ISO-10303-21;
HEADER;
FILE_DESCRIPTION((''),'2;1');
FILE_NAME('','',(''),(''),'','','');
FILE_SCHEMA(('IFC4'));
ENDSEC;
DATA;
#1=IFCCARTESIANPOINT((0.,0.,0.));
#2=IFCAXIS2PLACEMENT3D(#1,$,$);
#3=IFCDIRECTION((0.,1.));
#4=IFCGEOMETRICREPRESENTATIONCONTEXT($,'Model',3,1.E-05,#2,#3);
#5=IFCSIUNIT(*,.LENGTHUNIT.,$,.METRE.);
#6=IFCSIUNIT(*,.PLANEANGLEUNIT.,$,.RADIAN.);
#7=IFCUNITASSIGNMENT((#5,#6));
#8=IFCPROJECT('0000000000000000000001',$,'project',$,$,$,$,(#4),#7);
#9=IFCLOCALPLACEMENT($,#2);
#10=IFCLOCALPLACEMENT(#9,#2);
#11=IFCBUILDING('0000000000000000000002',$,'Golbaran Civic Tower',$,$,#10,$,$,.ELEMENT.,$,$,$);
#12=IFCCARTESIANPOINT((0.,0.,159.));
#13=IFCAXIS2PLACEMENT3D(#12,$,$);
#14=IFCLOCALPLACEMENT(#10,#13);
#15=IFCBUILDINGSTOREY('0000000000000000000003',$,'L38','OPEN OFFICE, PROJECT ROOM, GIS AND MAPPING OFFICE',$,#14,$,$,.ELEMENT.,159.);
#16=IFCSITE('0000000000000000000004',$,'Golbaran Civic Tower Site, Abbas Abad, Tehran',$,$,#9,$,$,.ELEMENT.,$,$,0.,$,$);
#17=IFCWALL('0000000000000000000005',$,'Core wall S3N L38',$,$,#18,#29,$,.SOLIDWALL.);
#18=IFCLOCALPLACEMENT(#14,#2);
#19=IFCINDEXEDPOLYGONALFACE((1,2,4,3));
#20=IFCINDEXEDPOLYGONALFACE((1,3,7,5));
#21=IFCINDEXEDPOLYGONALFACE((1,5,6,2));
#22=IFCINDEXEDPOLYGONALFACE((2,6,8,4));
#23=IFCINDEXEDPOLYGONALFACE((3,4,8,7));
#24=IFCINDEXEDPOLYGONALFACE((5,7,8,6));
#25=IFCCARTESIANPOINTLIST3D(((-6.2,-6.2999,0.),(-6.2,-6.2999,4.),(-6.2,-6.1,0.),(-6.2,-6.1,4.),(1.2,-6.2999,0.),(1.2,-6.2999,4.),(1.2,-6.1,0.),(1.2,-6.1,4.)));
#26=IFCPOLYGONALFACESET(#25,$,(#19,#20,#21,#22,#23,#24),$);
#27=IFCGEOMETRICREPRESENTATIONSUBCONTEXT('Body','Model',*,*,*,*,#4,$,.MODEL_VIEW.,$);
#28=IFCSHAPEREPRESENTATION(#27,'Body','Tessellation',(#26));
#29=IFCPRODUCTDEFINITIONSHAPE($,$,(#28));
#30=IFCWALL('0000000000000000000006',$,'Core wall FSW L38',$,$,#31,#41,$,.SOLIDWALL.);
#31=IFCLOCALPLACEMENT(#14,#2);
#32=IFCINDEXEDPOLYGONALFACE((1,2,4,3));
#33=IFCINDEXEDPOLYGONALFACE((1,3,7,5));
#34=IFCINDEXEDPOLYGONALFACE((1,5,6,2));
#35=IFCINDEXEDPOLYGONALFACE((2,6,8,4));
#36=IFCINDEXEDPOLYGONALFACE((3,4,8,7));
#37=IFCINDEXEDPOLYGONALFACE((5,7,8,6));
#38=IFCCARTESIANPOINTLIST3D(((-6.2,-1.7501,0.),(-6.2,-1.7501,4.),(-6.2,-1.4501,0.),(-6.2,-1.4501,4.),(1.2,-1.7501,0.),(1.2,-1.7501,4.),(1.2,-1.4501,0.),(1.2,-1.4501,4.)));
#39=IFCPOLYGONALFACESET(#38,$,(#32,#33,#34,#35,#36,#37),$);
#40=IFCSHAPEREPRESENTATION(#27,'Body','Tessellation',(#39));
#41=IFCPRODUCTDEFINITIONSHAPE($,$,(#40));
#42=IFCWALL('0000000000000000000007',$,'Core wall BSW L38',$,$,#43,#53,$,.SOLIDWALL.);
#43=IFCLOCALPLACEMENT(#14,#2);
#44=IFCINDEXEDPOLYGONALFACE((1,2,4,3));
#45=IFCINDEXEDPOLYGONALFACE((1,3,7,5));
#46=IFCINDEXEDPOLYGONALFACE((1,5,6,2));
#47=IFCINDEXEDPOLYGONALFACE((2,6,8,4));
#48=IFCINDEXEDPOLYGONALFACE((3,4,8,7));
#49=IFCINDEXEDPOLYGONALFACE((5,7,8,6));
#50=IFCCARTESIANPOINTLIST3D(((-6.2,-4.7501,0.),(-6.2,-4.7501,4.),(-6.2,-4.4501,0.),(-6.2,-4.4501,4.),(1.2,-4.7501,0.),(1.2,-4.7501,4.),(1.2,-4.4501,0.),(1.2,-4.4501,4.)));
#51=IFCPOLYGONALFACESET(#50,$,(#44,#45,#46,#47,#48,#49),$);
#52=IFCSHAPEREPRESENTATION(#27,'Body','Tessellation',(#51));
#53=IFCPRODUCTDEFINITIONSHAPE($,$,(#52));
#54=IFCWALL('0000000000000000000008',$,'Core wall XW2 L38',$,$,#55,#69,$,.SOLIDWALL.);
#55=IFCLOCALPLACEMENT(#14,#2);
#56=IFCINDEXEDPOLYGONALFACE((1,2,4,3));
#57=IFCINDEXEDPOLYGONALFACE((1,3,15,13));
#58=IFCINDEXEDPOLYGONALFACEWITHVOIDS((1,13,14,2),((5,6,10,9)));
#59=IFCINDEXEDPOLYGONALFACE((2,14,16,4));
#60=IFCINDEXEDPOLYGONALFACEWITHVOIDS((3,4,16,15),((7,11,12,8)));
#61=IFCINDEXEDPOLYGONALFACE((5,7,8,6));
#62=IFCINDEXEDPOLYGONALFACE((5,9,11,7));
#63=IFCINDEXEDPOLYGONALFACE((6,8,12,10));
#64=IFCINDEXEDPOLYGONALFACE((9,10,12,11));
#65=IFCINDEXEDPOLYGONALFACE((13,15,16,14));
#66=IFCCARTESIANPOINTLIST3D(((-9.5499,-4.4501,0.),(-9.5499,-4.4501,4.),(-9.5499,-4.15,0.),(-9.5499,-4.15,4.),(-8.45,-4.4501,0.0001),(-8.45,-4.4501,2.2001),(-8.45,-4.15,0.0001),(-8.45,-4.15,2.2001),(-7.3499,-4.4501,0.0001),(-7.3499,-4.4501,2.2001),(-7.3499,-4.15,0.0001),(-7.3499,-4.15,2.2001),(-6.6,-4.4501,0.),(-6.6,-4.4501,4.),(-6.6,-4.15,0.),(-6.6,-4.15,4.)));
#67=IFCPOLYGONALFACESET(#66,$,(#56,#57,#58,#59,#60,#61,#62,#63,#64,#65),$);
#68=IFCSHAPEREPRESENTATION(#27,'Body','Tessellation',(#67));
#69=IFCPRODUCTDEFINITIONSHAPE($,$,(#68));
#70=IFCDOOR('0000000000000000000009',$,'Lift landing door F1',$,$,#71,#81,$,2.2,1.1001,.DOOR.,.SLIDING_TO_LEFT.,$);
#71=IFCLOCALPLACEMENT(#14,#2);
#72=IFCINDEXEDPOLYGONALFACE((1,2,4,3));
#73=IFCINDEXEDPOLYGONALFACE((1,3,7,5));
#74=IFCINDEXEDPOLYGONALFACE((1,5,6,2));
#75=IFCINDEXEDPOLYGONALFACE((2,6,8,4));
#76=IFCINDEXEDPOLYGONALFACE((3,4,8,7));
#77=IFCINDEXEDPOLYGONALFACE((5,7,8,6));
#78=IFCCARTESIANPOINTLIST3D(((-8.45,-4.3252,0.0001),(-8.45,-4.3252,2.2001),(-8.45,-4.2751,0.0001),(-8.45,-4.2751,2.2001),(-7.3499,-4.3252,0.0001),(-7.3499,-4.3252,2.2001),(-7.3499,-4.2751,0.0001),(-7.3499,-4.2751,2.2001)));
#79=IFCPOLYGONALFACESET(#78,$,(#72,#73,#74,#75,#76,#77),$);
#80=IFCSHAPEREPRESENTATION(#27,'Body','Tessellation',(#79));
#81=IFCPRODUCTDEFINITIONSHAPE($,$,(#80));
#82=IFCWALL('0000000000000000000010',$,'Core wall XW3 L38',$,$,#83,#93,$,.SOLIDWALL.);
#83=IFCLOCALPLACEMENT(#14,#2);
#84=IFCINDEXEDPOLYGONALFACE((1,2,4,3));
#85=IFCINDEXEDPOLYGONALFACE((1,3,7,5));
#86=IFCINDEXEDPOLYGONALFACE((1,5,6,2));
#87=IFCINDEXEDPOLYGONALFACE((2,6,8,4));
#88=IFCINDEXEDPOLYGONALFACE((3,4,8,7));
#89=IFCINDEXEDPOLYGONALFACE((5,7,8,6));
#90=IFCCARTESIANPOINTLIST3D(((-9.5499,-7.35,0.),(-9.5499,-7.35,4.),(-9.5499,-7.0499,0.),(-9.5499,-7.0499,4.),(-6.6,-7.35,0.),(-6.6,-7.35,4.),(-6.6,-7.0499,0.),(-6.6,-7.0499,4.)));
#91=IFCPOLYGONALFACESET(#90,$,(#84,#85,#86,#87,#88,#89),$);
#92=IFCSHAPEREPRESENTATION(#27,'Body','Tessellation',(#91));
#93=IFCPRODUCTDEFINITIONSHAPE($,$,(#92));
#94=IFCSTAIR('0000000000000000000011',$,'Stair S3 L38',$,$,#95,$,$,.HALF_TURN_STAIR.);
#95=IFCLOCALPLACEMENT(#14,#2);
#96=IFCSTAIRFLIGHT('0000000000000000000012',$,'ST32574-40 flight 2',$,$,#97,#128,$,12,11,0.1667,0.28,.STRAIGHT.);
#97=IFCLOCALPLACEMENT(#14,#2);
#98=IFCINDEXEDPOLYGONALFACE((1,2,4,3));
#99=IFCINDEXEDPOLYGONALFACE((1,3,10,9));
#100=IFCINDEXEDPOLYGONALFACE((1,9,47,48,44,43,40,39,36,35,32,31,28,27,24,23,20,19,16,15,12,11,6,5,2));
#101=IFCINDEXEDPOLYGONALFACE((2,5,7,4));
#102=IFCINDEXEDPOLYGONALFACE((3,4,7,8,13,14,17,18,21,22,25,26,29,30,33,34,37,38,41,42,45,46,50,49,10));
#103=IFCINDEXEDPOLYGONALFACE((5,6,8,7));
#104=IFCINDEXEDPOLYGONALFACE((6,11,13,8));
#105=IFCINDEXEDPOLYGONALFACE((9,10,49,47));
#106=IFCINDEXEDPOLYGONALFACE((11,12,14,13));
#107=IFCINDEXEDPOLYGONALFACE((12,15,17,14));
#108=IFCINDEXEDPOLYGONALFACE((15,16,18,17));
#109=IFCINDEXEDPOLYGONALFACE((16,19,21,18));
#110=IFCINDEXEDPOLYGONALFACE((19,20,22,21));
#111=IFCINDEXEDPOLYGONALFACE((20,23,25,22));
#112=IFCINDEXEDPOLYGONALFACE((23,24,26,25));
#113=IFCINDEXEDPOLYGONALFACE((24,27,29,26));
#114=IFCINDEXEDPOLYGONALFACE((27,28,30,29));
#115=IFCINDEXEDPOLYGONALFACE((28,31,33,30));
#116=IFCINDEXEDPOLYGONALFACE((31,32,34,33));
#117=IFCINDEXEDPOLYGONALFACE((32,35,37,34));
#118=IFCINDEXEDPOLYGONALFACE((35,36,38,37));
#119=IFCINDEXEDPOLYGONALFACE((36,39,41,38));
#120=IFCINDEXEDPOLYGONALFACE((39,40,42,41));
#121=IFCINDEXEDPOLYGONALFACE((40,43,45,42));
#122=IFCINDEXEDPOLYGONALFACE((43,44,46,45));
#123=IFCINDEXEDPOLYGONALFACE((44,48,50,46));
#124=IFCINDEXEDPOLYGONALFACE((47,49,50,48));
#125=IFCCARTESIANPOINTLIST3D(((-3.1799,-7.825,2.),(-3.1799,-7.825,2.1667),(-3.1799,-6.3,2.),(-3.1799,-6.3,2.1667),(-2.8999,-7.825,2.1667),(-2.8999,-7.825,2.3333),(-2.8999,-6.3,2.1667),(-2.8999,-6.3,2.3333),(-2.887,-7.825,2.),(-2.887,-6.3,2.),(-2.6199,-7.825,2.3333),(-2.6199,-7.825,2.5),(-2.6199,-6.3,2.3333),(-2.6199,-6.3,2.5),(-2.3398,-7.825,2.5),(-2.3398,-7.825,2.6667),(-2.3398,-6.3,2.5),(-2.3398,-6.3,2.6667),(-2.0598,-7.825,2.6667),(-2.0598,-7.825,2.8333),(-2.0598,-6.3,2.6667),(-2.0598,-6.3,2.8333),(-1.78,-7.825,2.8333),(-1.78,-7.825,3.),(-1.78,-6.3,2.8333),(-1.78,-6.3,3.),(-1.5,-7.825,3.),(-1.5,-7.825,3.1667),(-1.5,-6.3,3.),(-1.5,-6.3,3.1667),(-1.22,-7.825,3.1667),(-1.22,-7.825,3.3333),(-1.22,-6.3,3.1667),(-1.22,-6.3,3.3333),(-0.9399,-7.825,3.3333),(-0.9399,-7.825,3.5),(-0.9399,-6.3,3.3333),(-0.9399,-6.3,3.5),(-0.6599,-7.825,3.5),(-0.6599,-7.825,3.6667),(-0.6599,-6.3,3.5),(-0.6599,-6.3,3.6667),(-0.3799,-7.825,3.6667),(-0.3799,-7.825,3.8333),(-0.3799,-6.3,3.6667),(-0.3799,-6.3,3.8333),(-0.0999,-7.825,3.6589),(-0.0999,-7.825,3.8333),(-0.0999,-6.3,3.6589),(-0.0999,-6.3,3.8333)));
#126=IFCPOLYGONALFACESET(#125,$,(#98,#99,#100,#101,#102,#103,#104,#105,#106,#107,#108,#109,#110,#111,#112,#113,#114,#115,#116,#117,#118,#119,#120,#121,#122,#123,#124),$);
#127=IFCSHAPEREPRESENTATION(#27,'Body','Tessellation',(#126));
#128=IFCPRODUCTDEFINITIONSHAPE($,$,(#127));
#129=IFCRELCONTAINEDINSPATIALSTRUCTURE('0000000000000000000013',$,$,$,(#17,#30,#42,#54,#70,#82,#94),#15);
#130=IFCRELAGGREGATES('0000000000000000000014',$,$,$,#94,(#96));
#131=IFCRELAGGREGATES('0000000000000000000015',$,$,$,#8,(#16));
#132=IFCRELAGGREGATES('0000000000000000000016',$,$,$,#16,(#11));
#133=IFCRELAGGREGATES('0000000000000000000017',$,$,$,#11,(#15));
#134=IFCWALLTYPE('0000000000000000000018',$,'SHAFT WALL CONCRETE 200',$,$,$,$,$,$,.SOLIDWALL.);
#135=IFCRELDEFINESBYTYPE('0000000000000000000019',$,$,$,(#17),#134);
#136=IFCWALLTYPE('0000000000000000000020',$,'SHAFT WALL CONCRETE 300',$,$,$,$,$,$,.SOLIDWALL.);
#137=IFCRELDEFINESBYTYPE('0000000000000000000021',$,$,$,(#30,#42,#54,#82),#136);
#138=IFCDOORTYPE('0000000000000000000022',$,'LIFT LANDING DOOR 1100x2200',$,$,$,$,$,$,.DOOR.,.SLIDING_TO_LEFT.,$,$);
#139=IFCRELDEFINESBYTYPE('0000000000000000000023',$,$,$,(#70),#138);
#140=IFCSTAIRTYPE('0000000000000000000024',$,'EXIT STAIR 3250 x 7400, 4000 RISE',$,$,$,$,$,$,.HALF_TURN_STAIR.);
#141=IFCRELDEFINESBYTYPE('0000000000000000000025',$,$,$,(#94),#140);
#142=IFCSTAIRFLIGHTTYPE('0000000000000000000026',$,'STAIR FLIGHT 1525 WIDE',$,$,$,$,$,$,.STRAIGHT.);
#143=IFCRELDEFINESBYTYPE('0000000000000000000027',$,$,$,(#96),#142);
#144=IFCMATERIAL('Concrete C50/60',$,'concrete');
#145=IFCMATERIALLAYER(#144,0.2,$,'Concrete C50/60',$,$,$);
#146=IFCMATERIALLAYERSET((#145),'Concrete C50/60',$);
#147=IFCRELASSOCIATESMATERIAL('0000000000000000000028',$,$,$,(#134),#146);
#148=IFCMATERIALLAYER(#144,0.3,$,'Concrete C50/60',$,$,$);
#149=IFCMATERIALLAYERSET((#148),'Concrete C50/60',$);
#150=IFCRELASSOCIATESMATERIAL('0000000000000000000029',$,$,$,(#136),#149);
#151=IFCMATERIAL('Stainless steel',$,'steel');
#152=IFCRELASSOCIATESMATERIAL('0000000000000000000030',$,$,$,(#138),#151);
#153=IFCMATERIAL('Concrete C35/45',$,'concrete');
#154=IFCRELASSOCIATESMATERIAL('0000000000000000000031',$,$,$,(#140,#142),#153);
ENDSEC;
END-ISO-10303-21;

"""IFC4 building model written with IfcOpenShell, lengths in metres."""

from ifc_helpers import new_model, si_unit, direction, frame, frame_2d, origin, place, context, subcontext, project, spatial, polyline, rectangle, outline, extrude, material, layer, layer_set, type_object, element, fill, aggregate, save


model = new_model("IFC4")

# Units and contexts
model_context = context("Model", 3, precision=1e-05, world=origin(), true_north=direction((0.0, 1.0)))
body_context = subcontext(model_context, "Body", "Model", "MODEL_VIEW")
ifc_project = project(units=[si_unit("LENGTHUNIT", "METRE"), si_unit("PLANEANGLEUNIT", "RADIAN")], contexts=[model_context])

# Site, building, storey
site_placement = place(None, origin())
site = spatial("IfcSite", under=ifc_project, at=site_placement, Name="Golbaran Civic Tower Site, Abbas Abad, Tehran", CompositionType="ELEMENT", RefElevation=0.0)
building_placement = place(site_placement, origin())
building = spatial("IfcBuilding", under=site, at=building_placement, Name="Golbaran Civic Tower", CompositionType="ELEMENT")
storey_placement = place(building_placement, frame((0.0, 0.0, 159.0)))
storey = spatial("IfcBuildingStorey", under=building, at=storey_placement, Name="L38", Description="OPEN OFFICE, PROJECT ROOM, GIS AND MAPPING OFFICE", CompositionType="ELEMENT", Elevation=159.0)

# Walls
ifc_material_1 = material(Name="Concrete C50/60", Category="concrete")
ifc_layer_1 = layer(ifc_material_1, 0.2, Name="Concrete C50/60")
ifc_layer_set_1 = layer_set([ifc_layer_1], Name="Concrete C50/60")
wall_type_1 = type_object("IfcWallType", Name="SHAFT WALL CONCRETE 200", PredefinedType="SOLIDWALL", material=ifc_layer_set_1)
wall_1_placement = place(storey_placement, frame((-6.2, -6.2, 0.0), z_axis=(0.0, 0.0, 1.0), x_axis=(1.0, 0.0, 0.0)))
element("IfcWall", 1, at=wall_1_placement, inside=storey, type_object=wall_type_1, Name="Core wall S3N L38", PredefinedType="SOLIDWALL", context=body_context, shape_type="SweptSolid", body=[
    extrude(rectangle(XDim=7.3999, YDim=0.2, at=frame_2d((3.7, 0.0))), origin(), (0.0, 0.0, 1.0), 4.0),
])
ifc_layer_2 = layer(ifc_material_1, 0.3, Name="Concrete C50/60")
ifc_layer_set_2 = layer_set([ifc_layer_2], Name="Concrete C50/60")
wall_type_2 = type_object("IfcWallType", Name="SHAFT WALL CONCRETE 300", PredefinedType="SOLIDWALL", material=ifc_layer_set_2)
for number, where, z_axis, x_axis, name in (
    (2, (-6.2, -1.6001, 0.0), (0.0, 0.0, 1.0), (1.0, 0.0, 0.0), "Core wall FSW L38"),
    (3, (-6.2, -4.6001, 0.0), (0.0, 0.0, 1.0), (1.0, 0.0, 0.0), "Core wall BSW L38"),
):
    element("IfcWall", number, at=place(storey_placement, frame(where, z_axis=z_axis, x_axis=x_axis)), inside=storey, type_object=wall_type_2, Name=name, PredefinedType="SOLIDWALL", context=body_context, shape_type="SweptSolid", body=[
        extrude(rectangle(XDim=7.3999, YDim=0.3, at=frame_2d((3.7, 0.0))), origin(), (0.0, 0.0, 1.0), 4.0),
    ])

# Wall, opening, door
wall_2_placement = place(storey_placement, frame((-9.55, -4.3, 0.0), z_axis=(0.0, 0.0, 1.0), x_axis=(1.0, 0.0, 0.0)))
wall_2 = element("IfcWall", 4, at=wall_2_placement, inside=storey, type_object=wall_type_2, Name="Core wall XW2 L38", PredefinedType="SOLIDWALL", context=body_context, shape_type="SweptSolid", body=[
    extrude(rectangle(XDim=2.95, YDim=0.3, at=frame_2d((1.4751, 0.0))), origin(), (0.0, 0.0, 1.0), 4.0),
])
opening_1_placement = place(wall_2_placement, frame((1.1001, 0.0, 0.0)))
opening_1 = element("IfcOpeningElement", 5, at=opening_1_placement, cuts=wall_2, PredefinedType="OPENING", context=body_context, shape_type="SweptSolid", body=[
    extrude(rectangle(XDim=1.1001, YDim=2.2, at=frame_2d((0.55, 1.1001))), frame((0.0, 0.1599, 0.0), z_axis=(0.0, -1.0, 0.0), x_axis=(1.0, 0.0, 0.0)), (0.0, 0.0, 1.0), 0.3201),
])
ifc_material_2 = material(Name="Stainless steel", Category="steel")
door_type_1 = type_object("IfcDoorType", Name="LIFT LANDING DOOR 1100x2200", OperationType="SLIDING_TO_LEFT", PredefinedType="DOOR", material=ifc_material_2)
door_1_placement = place(opening_1_placement, origin())
door_1 = element("IfcDoor", 6, at=door_1_placement, inside=storey, type_object=door_type_1, Name="Lift landing door F1", OperationType="SLIDING_TO_LEFT", OverallHeight=2.2, OverallWidth=1.1001, PredefinedType="DOOR", context=body_context, shape_type="SweptSolid", body=[
    extrude(rectangle(XDim=1.1001, YDim=2.2, at=frame_2d((0.55, 1.1001))), frame((0.0, 0.0249, 0.0), z_axis=(0.0, -1.0, 0.0), x_axis=(1.0, 0.0, 0.0)), (0.0, 0.0, 1.0), 0.05),
])
fill(opening_1, door_1)

# Wall
wall_3_placement = place(storey_placement, frame((-9.55, -7.2, 0.0), z_axis=(0.0, 0.0, 1.0), x_axis=(1.0, 0.0, 0.0)))
element("IfcWall", 7, at=wall_3_placement, inside=storey, type_object=wall_type_2, Name="Core wall XW3 L38", PredefinedType="SOLIDWALL", context=body_context, shape_type="SweptSolid", body=[
    extrude(rectangle(XDim=2.95, YDim=0.3, at=frame_2d((1.4751, 0.0))), origin(), (0.0, 0.0, 1.0), 4.0),
])

# Stair, stair flight
ifc_material_3 = material(Name="Concrete C35/45", Category="concrete")
stair_type = type_object("IfcStairType", Name="EXIT STAIR 3250 x 7400, 4000 RISE", PredefinedType="HALF_TURN_STAIR", material=ifc_material_3)
stair_placement = place(storey_placement, origin())
stair = element("IfcStair", 8, at=stair_placement, inside=storey, type_object=stair_type, Name="Stair S3 L38", PredefinedType="HALF_TURN_STAIR")
stair_flight_type = type_object("IfcStairFlightType", Name="STAIR FLIGHT 1525 WIDE", PredefinedType="STRAIGHT", material=ifc_material_3)
stair_flight_placement = place(storey_placement, frame((-3.1799, -7.0625, 2.0), z_axis=(0.0, 0.0, 1.0), x_axis=(1.0, 0.0, 0.0)))
stair_flight = element("IfcStairFlight", 9, at=stair_flight_placement, type_object=stair_flight_type, Name="ST32574-40 flight 2", NumberOfRisers=12, NumberOfTreads=11, PredefinedType="STRAIGHT", RiserHeight=0.1667, TreadLength=0.28, context=body_context, shape_type="SweptSolid", body=[
    extrude(outline(polyline([(0.0, 0.0), (0.0, 0.1667), (0.28, 0.1667), (0.28, 0.3333), (0.5601, 0.3333), (0.5601, 0.5), (0.8401, 0.5), (0.8401, 0.6667), (1.1201, 0.6667), (1.1201, 0.8333), (1.3999, 0.8333), (1.3999, 1.0), (1.6799, 1.0), (1.6799, 1.1667), (1.96, 1.1667), (1.96, 1.3333), (2.24, 1.3333), (2.24, 1.5), (2.52, 1.5), (2.52, 1.6667), (2.8, 1.6667), (2.8, 1.8333), (3.0801, 1.8333), (3.0801, 2.0), (3.0801, 1.6589), (0.293, 0.0), (0.0, 0.0)])), frame((0.0, 0.7625, 0.0), z_axis=(0.0, -1.0, 0.0), x_axis=(1.0, 0.0, 0.0)), (0.0, 0.0, 1.0), 1.5249),
])
aggregate(stair, [stair_flight])

save(model, "model.ifc")
